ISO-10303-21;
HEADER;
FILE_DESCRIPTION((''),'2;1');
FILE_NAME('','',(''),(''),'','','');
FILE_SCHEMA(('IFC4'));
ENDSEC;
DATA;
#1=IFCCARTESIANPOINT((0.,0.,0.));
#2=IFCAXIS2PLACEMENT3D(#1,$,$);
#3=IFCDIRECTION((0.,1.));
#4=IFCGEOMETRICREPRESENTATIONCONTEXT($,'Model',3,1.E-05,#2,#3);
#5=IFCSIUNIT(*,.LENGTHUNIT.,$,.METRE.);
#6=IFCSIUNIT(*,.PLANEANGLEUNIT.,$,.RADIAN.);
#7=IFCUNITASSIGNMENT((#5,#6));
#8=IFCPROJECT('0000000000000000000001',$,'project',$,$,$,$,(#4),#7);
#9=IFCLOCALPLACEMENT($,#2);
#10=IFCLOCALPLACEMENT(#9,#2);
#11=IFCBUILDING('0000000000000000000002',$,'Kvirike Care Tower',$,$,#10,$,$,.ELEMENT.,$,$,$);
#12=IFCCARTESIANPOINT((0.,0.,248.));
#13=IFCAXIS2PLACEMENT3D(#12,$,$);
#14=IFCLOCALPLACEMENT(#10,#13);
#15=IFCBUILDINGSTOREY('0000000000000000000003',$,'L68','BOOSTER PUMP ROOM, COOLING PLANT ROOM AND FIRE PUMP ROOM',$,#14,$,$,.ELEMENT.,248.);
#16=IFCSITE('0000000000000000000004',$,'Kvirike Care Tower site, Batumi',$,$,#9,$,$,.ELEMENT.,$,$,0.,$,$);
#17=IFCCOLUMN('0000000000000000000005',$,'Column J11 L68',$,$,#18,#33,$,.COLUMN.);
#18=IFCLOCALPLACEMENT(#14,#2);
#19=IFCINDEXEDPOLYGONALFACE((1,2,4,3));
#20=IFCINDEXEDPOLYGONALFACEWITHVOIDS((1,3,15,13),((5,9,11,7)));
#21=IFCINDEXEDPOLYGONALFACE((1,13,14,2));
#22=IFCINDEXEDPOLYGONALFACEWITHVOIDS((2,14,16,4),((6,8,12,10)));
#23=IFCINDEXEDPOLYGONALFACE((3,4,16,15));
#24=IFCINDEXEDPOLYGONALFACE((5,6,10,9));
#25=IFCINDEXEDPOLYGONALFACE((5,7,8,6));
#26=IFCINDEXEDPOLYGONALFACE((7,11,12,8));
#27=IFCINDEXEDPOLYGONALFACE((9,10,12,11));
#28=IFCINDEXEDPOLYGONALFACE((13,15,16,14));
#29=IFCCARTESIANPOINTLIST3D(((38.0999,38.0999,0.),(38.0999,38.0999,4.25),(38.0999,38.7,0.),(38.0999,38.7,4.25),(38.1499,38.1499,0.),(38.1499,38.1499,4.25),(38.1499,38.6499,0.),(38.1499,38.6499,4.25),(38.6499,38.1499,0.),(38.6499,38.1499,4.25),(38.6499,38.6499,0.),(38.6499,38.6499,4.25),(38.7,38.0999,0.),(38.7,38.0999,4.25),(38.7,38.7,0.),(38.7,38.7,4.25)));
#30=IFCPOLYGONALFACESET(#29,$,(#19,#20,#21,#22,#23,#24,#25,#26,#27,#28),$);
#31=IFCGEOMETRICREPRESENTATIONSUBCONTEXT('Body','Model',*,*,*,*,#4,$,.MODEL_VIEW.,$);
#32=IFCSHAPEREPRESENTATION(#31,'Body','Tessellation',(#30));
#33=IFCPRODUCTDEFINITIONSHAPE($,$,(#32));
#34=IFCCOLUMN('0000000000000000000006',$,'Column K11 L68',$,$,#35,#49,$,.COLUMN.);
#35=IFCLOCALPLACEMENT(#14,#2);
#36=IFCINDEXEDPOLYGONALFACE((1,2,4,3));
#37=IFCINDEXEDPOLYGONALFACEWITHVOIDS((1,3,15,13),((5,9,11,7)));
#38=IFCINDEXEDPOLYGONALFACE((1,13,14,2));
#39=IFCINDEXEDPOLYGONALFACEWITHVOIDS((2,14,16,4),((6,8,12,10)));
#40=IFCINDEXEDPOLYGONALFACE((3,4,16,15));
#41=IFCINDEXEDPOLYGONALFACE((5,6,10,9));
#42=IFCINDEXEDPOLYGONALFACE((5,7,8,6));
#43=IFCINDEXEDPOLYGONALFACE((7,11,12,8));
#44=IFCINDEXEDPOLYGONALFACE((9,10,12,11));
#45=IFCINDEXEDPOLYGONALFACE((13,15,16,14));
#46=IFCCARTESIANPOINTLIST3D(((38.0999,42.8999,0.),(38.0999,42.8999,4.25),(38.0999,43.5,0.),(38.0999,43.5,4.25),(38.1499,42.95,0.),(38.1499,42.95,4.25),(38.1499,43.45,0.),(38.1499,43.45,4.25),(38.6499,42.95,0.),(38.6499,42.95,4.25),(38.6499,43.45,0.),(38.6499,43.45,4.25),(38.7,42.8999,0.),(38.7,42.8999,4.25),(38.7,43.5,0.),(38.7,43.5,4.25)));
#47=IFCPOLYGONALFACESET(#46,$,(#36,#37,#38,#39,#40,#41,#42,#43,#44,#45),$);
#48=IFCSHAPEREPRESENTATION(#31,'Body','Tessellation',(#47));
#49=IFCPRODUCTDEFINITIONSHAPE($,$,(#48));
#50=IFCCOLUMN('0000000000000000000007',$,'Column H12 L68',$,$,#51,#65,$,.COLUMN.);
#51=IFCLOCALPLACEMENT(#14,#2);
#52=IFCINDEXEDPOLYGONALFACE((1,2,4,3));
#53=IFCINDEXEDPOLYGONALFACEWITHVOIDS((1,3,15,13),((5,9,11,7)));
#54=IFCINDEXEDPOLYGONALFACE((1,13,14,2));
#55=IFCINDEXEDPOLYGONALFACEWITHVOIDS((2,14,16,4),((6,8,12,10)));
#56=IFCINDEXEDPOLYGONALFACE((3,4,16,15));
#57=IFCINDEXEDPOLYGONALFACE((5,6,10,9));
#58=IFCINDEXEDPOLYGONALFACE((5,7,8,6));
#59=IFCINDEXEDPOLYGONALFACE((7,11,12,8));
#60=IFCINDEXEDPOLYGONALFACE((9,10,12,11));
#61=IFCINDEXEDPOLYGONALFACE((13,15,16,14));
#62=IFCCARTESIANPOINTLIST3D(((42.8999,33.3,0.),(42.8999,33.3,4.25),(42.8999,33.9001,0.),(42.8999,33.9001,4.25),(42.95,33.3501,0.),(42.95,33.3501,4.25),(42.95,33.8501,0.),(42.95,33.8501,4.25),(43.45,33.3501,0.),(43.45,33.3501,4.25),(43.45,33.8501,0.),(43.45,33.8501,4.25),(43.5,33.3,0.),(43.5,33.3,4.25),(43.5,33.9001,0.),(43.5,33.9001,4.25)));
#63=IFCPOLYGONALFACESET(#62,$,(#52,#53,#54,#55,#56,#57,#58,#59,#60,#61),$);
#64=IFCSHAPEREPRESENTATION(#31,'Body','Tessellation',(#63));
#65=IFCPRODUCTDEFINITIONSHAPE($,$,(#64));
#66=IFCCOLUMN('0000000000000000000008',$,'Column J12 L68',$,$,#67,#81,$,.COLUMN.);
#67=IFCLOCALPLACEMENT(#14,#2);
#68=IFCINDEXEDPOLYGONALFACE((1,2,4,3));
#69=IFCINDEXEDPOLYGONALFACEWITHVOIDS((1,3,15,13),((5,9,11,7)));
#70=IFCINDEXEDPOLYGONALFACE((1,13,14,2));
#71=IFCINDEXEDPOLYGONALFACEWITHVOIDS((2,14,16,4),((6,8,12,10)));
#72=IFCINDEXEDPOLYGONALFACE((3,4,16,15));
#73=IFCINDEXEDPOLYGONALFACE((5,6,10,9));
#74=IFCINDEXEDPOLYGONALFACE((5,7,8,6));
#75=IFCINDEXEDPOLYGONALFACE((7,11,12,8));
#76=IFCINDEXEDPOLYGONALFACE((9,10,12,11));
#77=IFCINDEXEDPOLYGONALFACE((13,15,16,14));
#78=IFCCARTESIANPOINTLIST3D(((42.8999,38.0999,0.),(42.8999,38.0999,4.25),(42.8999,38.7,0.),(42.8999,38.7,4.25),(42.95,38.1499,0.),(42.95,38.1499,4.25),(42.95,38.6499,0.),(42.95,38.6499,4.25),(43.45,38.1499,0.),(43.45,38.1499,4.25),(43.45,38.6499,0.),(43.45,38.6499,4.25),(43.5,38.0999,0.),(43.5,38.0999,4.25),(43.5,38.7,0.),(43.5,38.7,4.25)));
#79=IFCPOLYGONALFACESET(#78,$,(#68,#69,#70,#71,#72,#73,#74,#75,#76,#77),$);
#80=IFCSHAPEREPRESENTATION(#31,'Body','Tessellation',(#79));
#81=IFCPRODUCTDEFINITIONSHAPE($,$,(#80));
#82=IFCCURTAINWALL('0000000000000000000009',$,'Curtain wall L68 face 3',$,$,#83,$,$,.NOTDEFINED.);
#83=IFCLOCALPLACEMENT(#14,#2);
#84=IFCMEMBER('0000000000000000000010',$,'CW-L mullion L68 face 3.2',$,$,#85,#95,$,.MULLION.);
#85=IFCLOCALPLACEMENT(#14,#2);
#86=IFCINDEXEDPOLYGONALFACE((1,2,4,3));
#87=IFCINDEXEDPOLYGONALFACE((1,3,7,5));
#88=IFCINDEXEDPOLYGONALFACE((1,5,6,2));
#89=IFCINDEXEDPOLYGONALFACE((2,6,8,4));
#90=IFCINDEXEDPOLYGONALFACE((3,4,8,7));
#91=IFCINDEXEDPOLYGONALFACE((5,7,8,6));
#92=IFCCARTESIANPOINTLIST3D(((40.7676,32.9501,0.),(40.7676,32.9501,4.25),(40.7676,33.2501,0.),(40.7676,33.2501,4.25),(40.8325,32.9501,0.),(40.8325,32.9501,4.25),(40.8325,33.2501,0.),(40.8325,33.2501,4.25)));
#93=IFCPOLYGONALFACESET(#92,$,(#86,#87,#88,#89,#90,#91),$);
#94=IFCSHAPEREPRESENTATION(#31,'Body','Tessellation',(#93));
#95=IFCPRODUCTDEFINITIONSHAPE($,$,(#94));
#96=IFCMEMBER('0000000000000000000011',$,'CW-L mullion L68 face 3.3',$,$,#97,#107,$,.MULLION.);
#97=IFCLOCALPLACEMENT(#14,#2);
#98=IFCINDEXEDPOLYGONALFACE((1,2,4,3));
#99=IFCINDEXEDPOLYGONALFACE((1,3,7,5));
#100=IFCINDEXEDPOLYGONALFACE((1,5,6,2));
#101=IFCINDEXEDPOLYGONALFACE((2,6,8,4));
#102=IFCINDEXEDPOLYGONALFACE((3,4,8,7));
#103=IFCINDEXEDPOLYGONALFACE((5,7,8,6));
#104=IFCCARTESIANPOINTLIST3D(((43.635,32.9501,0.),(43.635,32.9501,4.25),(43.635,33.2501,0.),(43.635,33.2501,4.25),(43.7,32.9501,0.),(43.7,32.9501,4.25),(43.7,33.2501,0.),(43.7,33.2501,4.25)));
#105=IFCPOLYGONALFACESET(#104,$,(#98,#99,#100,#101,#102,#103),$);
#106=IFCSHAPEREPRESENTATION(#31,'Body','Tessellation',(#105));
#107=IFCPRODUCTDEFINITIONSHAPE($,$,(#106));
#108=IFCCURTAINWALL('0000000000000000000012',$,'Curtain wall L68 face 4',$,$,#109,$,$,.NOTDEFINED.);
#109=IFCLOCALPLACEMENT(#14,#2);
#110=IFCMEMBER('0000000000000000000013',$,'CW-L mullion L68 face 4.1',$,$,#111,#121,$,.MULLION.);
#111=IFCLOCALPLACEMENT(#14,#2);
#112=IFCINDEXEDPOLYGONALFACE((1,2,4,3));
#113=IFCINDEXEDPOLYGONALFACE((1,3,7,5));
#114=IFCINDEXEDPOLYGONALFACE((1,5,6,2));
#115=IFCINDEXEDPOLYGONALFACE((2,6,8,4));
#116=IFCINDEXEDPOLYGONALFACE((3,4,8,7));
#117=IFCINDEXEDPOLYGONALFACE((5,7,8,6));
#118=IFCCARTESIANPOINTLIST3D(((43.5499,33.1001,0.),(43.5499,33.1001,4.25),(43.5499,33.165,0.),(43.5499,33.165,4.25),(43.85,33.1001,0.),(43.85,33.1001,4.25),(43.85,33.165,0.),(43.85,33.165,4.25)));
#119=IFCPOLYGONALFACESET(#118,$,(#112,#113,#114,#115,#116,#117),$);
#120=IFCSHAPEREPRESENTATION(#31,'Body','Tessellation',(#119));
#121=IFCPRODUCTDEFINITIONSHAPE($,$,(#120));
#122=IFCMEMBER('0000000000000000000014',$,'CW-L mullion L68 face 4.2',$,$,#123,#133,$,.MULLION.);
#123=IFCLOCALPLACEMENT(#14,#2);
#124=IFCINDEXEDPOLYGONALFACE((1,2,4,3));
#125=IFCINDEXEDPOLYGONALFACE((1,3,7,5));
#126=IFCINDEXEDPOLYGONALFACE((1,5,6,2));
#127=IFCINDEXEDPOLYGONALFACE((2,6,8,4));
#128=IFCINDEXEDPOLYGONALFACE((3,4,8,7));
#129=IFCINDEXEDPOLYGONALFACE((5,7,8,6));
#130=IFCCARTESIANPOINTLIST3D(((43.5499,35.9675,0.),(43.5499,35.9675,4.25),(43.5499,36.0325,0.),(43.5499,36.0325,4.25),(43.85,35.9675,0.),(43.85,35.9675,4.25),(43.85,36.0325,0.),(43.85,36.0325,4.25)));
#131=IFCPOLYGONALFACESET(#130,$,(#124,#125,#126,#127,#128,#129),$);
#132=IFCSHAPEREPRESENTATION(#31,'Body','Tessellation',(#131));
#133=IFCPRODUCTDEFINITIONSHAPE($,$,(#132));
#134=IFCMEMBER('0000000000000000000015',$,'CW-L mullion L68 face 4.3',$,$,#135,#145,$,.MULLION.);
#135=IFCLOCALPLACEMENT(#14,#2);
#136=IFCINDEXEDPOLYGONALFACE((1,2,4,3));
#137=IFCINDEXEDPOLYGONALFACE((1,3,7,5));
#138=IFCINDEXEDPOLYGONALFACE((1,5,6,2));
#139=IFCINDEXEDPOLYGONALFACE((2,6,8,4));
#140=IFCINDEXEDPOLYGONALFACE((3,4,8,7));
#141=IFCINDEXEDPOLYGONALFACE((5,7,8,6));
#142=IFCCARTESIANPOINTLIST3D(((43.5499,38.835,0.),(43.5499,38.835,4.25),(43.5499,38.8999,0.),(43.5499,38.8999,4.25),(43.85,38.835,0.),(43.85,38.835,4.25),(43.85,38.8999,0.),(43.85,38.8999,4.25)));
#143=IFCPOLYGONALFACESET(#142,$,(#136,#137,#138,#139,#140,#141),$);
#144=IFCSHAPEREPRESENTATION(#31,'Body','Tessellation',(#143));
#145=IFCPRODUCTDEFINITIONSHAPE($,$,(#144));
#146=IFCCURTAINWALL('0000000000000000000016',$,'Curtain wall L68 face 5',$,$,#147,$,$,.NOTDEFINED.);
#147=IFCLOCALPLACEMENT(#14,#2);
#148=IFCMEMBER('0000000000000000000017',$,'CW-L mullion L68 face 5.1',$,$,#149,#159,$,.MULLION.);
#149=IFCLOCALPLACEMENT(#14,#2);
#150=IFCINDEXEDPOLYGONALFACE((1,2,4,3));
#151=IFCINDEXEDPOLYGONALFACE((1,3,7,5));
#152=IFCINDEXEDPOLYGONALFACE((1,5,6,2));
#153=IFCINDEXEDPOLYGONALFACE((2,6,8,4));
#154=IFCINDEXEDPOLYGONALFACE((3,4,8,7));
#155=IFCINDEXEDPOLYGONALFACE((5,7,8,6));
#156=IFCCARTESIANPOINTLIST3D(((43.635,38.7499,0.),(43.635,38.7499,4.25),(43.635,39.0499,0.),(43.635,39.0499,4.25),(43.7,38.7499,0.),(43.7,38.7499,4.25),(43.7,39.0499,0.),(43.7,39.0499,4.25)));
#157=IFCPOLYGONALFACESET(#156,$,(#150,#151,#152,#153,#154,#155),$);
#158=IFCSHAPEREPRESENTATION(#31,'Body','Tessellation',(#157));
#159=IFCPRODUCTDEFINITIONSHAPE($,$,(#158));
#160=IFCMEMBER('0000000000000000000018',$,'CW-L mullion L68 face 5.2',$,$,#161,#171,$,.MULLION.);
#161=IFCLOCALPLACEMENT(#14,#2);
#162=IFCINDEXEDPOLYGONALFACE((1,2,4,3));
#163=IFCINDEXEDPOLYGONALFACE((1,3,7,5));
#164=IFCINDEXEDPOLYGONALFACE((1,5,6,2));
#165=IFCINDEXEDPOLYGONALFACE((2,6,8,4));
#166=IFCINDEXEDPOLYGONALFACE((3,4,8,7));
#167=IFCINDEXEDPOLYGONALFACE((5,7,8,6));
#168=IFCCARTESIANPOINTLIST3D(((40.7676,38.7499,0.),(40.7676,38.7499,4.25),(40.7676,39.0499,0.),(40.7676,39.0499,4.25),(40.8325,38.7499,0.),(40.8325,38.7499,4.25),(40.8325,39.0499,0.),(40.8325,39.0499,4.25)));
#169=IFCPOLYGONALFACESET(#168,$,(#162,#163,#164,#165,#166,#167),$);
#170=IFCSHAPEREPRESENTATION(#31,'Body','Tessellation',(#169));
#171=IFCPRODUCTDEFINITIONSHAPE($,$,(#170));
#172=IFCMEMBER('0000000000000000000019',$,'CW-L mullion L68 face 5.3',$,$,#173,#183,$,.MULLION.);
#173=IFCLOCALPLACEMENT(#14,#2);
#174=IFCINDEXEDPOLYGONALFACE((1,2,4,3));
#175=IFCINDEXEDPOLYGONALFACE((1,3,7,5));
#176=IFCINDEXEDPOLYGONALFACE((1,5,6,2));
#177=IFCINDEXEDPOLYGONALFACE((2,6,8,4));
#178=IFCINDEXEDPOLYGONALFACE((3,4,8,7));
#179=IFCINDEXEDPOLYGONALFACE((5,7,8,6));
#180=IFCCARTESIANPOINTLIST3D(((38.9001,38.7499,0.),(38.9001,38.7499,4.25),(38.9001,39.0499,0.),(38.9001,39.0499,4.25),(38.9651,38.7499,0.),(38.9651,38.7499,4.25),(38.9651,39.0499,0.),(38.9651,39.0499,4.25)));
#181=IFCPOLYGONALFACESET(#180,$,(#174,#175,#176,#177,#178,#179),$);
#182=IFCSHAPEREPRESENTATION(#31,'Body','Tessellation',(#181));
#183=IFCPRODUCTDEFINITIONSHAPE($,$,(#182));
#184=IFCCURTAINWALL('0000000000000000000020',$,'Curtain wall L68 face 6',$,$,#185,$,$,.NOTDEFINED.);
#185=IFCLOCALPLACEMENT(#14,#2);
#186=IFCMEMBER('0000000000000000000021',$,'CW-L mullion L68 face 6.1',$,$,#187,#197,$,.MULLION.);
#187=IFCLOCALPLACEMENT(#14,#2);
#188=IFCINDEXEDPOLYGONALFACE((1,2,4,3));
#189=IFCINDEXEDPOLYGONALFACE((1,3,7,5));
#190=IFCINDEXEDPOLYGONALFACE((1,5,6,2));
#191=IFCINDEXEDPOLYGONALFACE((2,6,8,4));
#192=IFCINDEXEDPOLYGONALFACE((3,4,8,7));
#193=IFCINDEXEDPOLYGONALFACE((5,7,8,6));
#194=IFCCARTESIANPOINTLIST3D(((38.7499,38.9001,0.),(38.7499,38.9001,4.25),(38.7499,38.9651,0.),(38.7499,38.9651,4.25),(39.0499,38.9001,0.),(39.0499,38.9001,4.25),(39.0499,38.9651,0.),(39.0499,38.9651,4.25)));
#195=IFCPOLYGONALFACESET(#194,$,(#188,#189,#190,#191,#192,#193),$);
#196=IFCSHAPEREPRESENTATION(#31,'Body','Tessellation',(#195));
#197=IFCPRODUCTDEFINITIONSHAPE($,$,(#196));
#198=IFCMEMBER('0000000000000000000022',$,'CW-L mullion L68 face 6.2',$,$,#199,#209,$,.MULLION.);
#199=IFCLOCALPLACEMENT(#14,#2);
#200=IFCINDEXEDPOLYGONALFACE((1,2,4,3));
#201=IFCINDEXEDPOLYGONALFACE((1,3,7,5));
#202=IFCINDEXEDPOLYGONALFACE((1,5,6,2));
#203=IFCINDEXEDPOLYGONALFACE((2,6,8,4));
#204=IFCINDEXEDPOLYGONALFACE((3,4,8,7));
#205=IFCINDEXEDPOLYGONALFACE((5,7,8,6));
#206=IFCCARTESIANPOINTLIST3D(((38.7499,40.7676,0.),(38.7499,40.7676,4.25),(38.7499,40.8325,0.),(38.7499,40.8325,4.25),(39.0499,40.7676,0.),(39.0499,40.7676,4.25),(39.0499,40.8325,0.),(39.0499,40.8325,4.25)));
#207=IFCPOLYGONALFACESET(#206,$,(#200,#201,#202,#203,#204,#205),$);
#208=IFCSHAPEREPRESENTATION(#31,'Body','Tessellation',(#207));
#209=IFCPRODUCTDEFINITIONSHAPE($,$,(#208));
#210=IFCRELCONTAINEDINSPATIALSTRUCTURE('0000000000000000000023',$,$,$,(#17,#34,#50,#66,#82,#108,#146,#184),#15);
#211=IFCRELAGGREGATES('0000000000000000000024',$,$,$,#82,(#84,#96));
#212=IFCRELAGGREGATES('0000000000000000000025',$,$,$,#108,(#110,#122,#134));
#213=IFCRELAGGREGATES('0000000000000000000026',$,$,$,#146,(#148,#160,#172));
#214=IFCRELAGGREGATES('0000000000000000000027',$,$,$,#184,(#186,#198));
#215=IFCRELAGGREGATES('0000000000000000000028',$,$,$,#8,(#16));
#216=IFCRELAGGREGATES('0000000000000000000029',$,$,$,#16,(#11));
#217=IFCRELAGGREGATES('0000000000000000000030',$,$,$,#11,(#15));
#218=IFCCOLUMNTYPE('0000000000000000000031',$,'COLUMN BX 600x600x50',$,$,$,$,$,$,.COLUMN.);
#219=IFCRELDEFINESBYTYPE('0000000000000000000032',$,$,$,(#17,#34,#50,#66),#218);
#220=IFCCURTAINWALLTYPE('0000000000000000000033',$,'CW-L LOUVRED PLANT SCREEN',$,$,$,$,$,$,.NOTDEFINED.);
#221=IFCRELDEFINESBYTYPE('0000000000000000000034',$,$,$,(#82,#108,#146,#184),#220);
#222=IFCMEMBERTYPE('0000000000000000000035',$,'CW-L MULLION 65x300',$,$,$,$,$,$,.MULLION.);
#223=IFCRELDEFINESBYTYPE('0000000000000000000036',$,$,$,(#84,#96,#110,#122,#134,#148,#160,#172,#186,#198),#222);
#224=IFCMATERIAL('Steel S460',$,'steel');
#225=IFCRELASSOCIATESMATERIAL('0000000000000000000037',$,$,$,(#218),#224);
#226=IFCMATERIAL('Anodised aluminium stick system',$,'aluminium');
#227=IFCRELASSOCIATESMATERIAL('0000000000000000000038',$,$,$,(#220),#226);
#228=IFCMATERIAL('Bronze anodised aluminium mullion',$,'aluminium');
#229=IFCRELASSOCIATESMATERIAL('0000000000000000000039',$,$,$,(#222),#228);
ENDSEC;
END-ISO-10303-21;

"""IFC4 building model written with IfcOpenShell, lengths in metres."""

from ifc_helpers import new_model, si_unit, direction, frame, origin, origin_2d, place, context, subcontext, project, spatial, rectangle, hollow_rectangle, extrude, material, material_profile, profile_set, type_object, element, aggregate, save


model = new_model("IFC4")

# Units and contexts
model_context = context("Model", 3, precision=1e-05, world=origin(), true_north=direction((0.0, 1.0)))
body_context = subcontext(model_context, "Body", "Model", "MODEL_VIEW")
ifc_project = project(units=[si_unit("LENGTHUNIT", "METRE"), si_unit("PLANEANGLEUNIT", "RADIAN")], contexts=[model_context])

# Site, building, storey
site_placement = place(None, origin())
site = spatial("IfcSite", under=ifc_project, at=site_placement, Name="Kvirike Care Tower site, Batumi", CompositionType="ELEMENT", RefElevation=0.0)
building_placement = place(site_placement, origin())
building = spatial("IfcBuilding", under=site, at=building_placement, Name="Kvirike Care Tower", CompositionType="ELEMENT")
storey_placement = place(building_placement, frame((0.0, 0.0, 248.0)))
storey = spatial("IfcBuildingStorey", under=building, at=storey_placement, Name="L68", Description="BOOSTER PUMP ROOM, COOLING PLANT ROOM AND FIRE PUMP ROOM", CompositionType="ELEMENT", Elevation=248.0)

# Columns
ifc_material_1 = material(Name="Steel S460", Category="steel")
ifc_material_profile_1 = material_profile(ifc_material_1, hollow_rectangle(XDim=0.6001, YDim=0.6001, WallThickness=0.05, at=origin_2d()), Name="BX 600x600x50")
ifc_profile_set_1 = profile_set([ifc_material_profile_1], Name="Steel S460")
column_type = type_object("IfcColumnType", Name="COLUMN BX 600x600x50", PredefinedType="COLUMN", material=ifc_profile_set_1)
for number, where, z_axis, x_axis, name in (
    (1, (38.3999, 38.3999, 0.0), (0.0, 0.0, 1.0), (0.0, 1.0, 0.0), "Column J11 L68"),
    (2, (38.3999, 43.2, 0.0), (0.0, 0.0, 1.0), (0.0, 1.0, 0.0), "Column K11 L68"),
    (3, (43.2, 33.6001, 0.0), (0.0, 0.0, 1.0), (0.0, 1.0, 0.0), "Column H12 L68"),
    (4, (43.2, 38.3999, 0.0), (0.0, 0.0, 1.0), (0.0, 1.0, 0.0), "Column J12 L68"),
):
    element("IfcColumn", number, at=place(storey_placement, frame(where, z_axis=z_axis, x_axis=x_axis)), inside=storey, type_object=column_type, Name=name, PredefinedType="COLUMN", context=body_context, shape_type="SweptSolid", body=[
        extrude(hollow_rectangle(XDim=0.6001, YDim=0.6001, WallThickness=0.05, at=origin_2d()), origin(), (0.0, 0.0, 1.0), 4.25),
    ])

# Curtain walls, members
ifc_material_2 = material(Name="Anodised aluminium stick system", Category="aluminium")
curtain_wall_type = type_object("IfcCurtainWallType", Name="CW-L LOUVRED PLANT SCREEN", PredefinedType="NOTDEFINED", material=ifc_material_2)
curtain_wall_1_placement = place(storey_placement, origin())
curtain_wall_1 = element("IfcCurtainWall", 5, at=curtain_wall_1_placement, inside=storey, type_object=curtain_wall_type, Name="Curtain wall L68 face 3", PredefinedType="NOTDEFINED")
ifc_material_3 = material(Name="Bronze anodised aluminium mullion", Category="aluminium")
ifc_material_profile_2 = material_profile(ifc_material_3, rectangle(XDim=0.0649, YDim=0.3, at=origin_2d()), Name="CW-L MULLION 65x300")
ifc_profile_set_2 = profile_set([ifc_material_profile_2], Name="Bronze anodised aluminium mullion")
member_type_1 = type_object("IfcMemberType", Name="CW-L MULLION 65x300", PredefinedType="MULLION", material=ifc_profile_set_2)
member_1_placement = place(storey_placement, frame((40.8, 33.1001, 0.0), z_axis=(0.0, 0.0, 1.0), x_axis=(1.0, 0.0, 0.0)))
member_1 = element("IfcMember", 6, at=member_1_placement, type_object=member_type_1, Name="CW-L mullion L68 face 3.2", PredefinedType="MULLION", context=body_context, shape_type="SweptSolid", body=[
    extrude(rectangle(XDim=0.0649, YDim=0.3, at=origin_2d()), origin(), (0.0, 0.0, 1.0), 4.25),
])
member_2_placement = place(storey_placement, frame((43.6675, 33.1001, 0.0), z_axis=(0.0, 0.0, 1.0), x_axis=(1.0, 0.0, 0.0)))
member_2 = element("IfcMember", 7, at=member_2_placement, type_object=member_type_1, Name="CW-L mullion L68 face 3.3", PredefinedType="MULLION", context=body_context, shape_type="SweptSolid", body=[
    extrude(rectangle(XDim=0.0649, YDim=0.3, at=origin_2d()), origin(), (0.0, 0.0, 1.0), 4.25),
])
curtain_wall_2_placement = place(storey_placement, origin())
curtain_wall_2 = element("IfcCurtainWall", 8, at=curtain_wall_2_placement, inside=storey, type_object=curtain_wall_type, Name="Curtain wall L68 face 4", PredefinedType="NOTDEFINED")
member_3_placement = place(storey_placement, frame((43.7, 33.1326, 0.0), z_axis=(0.0, 0.0, 1.0), x_axis=(0.0, 1.0, 0.0)))
member_3 = element("IfcMember", 9, at=member_3_placement, type_object=member_type_1, Name="CW-L mullion L68 face 4.1", PredefinedType="MULLION", context=body_context, shape_type="SweptSolid", body=[
    extrude(rectangle(XDim=0.0649, YDim=0.3, at=origin_2d()), origin(), (0.0, 0.0, 1.0), 4.25),
])
member_4_placement = place(storey_placement, frame((43.7, 36.0, 0.0), z_axis=(0.0, 0.0, 1.0), x_axis=(0.0, 1.0, 0.0)))
member_4 = element("IfcMember", 10, at=member_4_placement, type_object=member_type_1, Name="CW-L mullion L68 face 4.2", PredefinedType="MULLION", context=body_context, shape_type="SweptSolid", body=[
    extrude(rectangle(XDim=0.0649, YDim=0.3, at=origin_2d()), origin(), (0.0, 0.0, 1.0), 4.25),
])
member_5_placement = place(storey_placement, frame((43.7, 38.8674, 0.0), z_axis=(0.0, 0.0, 1.0), x_axis=(0.0, 1.0, 0.0)))
member_5 = element("IfcMember", 11, at=member_5_placement, type_object=member_type_1, Name="CW-L mullion L68 face 4.3", PredefinedType="MULLION", context=body_context, shape_type="SweptSolid", body=[
    extrude(rectangle(XDim=0.0649, YDim=0.3, at=origin_2d()), origin(), (0.0, 0.0, 1.0), 4.25),
])
curtain_wall_3_placement = place(storey_placement, origin())
curtain_wall_3 = element("IfcCurtainWall", 12, at=curtain_wall_3_placement, inside=storey, type_object=curtain_wall_type, Name="Curtain wall L68 face 5", PredefinedType="NOTDEFINED")
member_6_placement = place(storey_placement, frame((43.6675, 38.8999, 0.0), z_axis=(0.0, 0.0, 1.0), x_axis=(-1.0, 0.0, 0.0)))
member_6 = element("IfcMember", 13, at=member_6_placement, type_object=member_type_1, Name="CW-L mullion L68 face 5.1", PredefinedType="MULLION", context=body_context, shape_type="SweptSolid", body=[
    extrude(rectangle(XDim=0.0649, YDim=0.3, at=origin_2d()), origin(), (0.0, 0.0, 1.0), 4.25),
])
member_7_placement = place(storey_placement, frame((40.8, 38.8999, 0.0), z_axis=(0.0, 0.0, 1.0), x_axis=(-1.0, 0.0, 0.0)))
member_7 = element("IfcMember", 14, at=member_7_placement, type_object=member_type_1, Name="CW-L mullion L68 face 5.2", PredefinedType="MULLION", context=body_context, shape_type="SweptSolid", body=[
    extrude(rectangle(XDim=0.0649, YDim=0.3, at=origin_2d()), origin(), (0.0, 0.0, 1.0), 4.25),
])
member_8_placement = place(storey_placement, frame((38.9326, 38.8999, 0.0), z_axis=(0.0, 0.0, 1.0), x_axis=(-1.0, 0.0, 0.0)))
member_8 = element("IfcMember", 15, at=member_8_placement, type_object=member_type_1, Name="CW-L mullion L68 face 5.3", PredefinedType="MULLION", context=body_context, shape_type="SweptSolid", body=[
    extrude(rectangle(XDim=0.0649, YDim=0.3, at=origin_2d()), origin(), (0.0, 0.0, 1.0), 4.25),
])
curtain_wall_4_placement = place(storey_placement, origin())
curtain_wall_4 = element("IfcCurtainWall", 16, at=curtain_wall_4_placement, inside=storey, type_object=curtain_wall_type, Name="Curtain wall L68 face 6", PredefinedType="NOTDEFINED")
member_9_placement = place(storey_placement, frame((38.8999, 38.9326, 0.0), z_axis=(0.0, 0.0, 1.0), x_axis=(0.0, 1.0, 0.0)))
member_9 = element("IfcMember", 17, at=member_9_placement, type_object=member_type_1, Name="CW-L mullion L68 face 6.1", PredefinedType="MULLION", context=body_context, shape_type="SweptSolid", body=[
    extrude(rectangle(XDim=0.0649, YDim=0.3, at=origin_2d()), origin(), (0.0, 0.0, 1.0), 4.25),
])
member_10_placement = place(storey_placement, frame((38.8999, 40.8, 0.0), z_axis=(0.0, 0.0, 1.0), x_axis=(0.0, 1.0, 0.0)))
member_10 = element("IfcMember", 18, at=member_10_placement, type_object=member_type_1, Name="CW-L mullion L68 face 6.2", PredefinedType="MULLION", context=body_context, shape_type="SweptSolid", body=[
    extrude(rectangle(XDim=0.0649, YDim=0.3, at=origin_2d()), origin(), (0.0, 0.0, 1.0), 4.25),
])

aggregate(curtain_wall_1, [member_1, member_2])
aggregate(curtain_wall_2, [member_3, member_4, member_5])
aggregate(curtain_wall_3, [member_6, member_7, member_8])
aggregate(curtain_wall_4, [member_9, member_10])

save(model, "model.ifc")
